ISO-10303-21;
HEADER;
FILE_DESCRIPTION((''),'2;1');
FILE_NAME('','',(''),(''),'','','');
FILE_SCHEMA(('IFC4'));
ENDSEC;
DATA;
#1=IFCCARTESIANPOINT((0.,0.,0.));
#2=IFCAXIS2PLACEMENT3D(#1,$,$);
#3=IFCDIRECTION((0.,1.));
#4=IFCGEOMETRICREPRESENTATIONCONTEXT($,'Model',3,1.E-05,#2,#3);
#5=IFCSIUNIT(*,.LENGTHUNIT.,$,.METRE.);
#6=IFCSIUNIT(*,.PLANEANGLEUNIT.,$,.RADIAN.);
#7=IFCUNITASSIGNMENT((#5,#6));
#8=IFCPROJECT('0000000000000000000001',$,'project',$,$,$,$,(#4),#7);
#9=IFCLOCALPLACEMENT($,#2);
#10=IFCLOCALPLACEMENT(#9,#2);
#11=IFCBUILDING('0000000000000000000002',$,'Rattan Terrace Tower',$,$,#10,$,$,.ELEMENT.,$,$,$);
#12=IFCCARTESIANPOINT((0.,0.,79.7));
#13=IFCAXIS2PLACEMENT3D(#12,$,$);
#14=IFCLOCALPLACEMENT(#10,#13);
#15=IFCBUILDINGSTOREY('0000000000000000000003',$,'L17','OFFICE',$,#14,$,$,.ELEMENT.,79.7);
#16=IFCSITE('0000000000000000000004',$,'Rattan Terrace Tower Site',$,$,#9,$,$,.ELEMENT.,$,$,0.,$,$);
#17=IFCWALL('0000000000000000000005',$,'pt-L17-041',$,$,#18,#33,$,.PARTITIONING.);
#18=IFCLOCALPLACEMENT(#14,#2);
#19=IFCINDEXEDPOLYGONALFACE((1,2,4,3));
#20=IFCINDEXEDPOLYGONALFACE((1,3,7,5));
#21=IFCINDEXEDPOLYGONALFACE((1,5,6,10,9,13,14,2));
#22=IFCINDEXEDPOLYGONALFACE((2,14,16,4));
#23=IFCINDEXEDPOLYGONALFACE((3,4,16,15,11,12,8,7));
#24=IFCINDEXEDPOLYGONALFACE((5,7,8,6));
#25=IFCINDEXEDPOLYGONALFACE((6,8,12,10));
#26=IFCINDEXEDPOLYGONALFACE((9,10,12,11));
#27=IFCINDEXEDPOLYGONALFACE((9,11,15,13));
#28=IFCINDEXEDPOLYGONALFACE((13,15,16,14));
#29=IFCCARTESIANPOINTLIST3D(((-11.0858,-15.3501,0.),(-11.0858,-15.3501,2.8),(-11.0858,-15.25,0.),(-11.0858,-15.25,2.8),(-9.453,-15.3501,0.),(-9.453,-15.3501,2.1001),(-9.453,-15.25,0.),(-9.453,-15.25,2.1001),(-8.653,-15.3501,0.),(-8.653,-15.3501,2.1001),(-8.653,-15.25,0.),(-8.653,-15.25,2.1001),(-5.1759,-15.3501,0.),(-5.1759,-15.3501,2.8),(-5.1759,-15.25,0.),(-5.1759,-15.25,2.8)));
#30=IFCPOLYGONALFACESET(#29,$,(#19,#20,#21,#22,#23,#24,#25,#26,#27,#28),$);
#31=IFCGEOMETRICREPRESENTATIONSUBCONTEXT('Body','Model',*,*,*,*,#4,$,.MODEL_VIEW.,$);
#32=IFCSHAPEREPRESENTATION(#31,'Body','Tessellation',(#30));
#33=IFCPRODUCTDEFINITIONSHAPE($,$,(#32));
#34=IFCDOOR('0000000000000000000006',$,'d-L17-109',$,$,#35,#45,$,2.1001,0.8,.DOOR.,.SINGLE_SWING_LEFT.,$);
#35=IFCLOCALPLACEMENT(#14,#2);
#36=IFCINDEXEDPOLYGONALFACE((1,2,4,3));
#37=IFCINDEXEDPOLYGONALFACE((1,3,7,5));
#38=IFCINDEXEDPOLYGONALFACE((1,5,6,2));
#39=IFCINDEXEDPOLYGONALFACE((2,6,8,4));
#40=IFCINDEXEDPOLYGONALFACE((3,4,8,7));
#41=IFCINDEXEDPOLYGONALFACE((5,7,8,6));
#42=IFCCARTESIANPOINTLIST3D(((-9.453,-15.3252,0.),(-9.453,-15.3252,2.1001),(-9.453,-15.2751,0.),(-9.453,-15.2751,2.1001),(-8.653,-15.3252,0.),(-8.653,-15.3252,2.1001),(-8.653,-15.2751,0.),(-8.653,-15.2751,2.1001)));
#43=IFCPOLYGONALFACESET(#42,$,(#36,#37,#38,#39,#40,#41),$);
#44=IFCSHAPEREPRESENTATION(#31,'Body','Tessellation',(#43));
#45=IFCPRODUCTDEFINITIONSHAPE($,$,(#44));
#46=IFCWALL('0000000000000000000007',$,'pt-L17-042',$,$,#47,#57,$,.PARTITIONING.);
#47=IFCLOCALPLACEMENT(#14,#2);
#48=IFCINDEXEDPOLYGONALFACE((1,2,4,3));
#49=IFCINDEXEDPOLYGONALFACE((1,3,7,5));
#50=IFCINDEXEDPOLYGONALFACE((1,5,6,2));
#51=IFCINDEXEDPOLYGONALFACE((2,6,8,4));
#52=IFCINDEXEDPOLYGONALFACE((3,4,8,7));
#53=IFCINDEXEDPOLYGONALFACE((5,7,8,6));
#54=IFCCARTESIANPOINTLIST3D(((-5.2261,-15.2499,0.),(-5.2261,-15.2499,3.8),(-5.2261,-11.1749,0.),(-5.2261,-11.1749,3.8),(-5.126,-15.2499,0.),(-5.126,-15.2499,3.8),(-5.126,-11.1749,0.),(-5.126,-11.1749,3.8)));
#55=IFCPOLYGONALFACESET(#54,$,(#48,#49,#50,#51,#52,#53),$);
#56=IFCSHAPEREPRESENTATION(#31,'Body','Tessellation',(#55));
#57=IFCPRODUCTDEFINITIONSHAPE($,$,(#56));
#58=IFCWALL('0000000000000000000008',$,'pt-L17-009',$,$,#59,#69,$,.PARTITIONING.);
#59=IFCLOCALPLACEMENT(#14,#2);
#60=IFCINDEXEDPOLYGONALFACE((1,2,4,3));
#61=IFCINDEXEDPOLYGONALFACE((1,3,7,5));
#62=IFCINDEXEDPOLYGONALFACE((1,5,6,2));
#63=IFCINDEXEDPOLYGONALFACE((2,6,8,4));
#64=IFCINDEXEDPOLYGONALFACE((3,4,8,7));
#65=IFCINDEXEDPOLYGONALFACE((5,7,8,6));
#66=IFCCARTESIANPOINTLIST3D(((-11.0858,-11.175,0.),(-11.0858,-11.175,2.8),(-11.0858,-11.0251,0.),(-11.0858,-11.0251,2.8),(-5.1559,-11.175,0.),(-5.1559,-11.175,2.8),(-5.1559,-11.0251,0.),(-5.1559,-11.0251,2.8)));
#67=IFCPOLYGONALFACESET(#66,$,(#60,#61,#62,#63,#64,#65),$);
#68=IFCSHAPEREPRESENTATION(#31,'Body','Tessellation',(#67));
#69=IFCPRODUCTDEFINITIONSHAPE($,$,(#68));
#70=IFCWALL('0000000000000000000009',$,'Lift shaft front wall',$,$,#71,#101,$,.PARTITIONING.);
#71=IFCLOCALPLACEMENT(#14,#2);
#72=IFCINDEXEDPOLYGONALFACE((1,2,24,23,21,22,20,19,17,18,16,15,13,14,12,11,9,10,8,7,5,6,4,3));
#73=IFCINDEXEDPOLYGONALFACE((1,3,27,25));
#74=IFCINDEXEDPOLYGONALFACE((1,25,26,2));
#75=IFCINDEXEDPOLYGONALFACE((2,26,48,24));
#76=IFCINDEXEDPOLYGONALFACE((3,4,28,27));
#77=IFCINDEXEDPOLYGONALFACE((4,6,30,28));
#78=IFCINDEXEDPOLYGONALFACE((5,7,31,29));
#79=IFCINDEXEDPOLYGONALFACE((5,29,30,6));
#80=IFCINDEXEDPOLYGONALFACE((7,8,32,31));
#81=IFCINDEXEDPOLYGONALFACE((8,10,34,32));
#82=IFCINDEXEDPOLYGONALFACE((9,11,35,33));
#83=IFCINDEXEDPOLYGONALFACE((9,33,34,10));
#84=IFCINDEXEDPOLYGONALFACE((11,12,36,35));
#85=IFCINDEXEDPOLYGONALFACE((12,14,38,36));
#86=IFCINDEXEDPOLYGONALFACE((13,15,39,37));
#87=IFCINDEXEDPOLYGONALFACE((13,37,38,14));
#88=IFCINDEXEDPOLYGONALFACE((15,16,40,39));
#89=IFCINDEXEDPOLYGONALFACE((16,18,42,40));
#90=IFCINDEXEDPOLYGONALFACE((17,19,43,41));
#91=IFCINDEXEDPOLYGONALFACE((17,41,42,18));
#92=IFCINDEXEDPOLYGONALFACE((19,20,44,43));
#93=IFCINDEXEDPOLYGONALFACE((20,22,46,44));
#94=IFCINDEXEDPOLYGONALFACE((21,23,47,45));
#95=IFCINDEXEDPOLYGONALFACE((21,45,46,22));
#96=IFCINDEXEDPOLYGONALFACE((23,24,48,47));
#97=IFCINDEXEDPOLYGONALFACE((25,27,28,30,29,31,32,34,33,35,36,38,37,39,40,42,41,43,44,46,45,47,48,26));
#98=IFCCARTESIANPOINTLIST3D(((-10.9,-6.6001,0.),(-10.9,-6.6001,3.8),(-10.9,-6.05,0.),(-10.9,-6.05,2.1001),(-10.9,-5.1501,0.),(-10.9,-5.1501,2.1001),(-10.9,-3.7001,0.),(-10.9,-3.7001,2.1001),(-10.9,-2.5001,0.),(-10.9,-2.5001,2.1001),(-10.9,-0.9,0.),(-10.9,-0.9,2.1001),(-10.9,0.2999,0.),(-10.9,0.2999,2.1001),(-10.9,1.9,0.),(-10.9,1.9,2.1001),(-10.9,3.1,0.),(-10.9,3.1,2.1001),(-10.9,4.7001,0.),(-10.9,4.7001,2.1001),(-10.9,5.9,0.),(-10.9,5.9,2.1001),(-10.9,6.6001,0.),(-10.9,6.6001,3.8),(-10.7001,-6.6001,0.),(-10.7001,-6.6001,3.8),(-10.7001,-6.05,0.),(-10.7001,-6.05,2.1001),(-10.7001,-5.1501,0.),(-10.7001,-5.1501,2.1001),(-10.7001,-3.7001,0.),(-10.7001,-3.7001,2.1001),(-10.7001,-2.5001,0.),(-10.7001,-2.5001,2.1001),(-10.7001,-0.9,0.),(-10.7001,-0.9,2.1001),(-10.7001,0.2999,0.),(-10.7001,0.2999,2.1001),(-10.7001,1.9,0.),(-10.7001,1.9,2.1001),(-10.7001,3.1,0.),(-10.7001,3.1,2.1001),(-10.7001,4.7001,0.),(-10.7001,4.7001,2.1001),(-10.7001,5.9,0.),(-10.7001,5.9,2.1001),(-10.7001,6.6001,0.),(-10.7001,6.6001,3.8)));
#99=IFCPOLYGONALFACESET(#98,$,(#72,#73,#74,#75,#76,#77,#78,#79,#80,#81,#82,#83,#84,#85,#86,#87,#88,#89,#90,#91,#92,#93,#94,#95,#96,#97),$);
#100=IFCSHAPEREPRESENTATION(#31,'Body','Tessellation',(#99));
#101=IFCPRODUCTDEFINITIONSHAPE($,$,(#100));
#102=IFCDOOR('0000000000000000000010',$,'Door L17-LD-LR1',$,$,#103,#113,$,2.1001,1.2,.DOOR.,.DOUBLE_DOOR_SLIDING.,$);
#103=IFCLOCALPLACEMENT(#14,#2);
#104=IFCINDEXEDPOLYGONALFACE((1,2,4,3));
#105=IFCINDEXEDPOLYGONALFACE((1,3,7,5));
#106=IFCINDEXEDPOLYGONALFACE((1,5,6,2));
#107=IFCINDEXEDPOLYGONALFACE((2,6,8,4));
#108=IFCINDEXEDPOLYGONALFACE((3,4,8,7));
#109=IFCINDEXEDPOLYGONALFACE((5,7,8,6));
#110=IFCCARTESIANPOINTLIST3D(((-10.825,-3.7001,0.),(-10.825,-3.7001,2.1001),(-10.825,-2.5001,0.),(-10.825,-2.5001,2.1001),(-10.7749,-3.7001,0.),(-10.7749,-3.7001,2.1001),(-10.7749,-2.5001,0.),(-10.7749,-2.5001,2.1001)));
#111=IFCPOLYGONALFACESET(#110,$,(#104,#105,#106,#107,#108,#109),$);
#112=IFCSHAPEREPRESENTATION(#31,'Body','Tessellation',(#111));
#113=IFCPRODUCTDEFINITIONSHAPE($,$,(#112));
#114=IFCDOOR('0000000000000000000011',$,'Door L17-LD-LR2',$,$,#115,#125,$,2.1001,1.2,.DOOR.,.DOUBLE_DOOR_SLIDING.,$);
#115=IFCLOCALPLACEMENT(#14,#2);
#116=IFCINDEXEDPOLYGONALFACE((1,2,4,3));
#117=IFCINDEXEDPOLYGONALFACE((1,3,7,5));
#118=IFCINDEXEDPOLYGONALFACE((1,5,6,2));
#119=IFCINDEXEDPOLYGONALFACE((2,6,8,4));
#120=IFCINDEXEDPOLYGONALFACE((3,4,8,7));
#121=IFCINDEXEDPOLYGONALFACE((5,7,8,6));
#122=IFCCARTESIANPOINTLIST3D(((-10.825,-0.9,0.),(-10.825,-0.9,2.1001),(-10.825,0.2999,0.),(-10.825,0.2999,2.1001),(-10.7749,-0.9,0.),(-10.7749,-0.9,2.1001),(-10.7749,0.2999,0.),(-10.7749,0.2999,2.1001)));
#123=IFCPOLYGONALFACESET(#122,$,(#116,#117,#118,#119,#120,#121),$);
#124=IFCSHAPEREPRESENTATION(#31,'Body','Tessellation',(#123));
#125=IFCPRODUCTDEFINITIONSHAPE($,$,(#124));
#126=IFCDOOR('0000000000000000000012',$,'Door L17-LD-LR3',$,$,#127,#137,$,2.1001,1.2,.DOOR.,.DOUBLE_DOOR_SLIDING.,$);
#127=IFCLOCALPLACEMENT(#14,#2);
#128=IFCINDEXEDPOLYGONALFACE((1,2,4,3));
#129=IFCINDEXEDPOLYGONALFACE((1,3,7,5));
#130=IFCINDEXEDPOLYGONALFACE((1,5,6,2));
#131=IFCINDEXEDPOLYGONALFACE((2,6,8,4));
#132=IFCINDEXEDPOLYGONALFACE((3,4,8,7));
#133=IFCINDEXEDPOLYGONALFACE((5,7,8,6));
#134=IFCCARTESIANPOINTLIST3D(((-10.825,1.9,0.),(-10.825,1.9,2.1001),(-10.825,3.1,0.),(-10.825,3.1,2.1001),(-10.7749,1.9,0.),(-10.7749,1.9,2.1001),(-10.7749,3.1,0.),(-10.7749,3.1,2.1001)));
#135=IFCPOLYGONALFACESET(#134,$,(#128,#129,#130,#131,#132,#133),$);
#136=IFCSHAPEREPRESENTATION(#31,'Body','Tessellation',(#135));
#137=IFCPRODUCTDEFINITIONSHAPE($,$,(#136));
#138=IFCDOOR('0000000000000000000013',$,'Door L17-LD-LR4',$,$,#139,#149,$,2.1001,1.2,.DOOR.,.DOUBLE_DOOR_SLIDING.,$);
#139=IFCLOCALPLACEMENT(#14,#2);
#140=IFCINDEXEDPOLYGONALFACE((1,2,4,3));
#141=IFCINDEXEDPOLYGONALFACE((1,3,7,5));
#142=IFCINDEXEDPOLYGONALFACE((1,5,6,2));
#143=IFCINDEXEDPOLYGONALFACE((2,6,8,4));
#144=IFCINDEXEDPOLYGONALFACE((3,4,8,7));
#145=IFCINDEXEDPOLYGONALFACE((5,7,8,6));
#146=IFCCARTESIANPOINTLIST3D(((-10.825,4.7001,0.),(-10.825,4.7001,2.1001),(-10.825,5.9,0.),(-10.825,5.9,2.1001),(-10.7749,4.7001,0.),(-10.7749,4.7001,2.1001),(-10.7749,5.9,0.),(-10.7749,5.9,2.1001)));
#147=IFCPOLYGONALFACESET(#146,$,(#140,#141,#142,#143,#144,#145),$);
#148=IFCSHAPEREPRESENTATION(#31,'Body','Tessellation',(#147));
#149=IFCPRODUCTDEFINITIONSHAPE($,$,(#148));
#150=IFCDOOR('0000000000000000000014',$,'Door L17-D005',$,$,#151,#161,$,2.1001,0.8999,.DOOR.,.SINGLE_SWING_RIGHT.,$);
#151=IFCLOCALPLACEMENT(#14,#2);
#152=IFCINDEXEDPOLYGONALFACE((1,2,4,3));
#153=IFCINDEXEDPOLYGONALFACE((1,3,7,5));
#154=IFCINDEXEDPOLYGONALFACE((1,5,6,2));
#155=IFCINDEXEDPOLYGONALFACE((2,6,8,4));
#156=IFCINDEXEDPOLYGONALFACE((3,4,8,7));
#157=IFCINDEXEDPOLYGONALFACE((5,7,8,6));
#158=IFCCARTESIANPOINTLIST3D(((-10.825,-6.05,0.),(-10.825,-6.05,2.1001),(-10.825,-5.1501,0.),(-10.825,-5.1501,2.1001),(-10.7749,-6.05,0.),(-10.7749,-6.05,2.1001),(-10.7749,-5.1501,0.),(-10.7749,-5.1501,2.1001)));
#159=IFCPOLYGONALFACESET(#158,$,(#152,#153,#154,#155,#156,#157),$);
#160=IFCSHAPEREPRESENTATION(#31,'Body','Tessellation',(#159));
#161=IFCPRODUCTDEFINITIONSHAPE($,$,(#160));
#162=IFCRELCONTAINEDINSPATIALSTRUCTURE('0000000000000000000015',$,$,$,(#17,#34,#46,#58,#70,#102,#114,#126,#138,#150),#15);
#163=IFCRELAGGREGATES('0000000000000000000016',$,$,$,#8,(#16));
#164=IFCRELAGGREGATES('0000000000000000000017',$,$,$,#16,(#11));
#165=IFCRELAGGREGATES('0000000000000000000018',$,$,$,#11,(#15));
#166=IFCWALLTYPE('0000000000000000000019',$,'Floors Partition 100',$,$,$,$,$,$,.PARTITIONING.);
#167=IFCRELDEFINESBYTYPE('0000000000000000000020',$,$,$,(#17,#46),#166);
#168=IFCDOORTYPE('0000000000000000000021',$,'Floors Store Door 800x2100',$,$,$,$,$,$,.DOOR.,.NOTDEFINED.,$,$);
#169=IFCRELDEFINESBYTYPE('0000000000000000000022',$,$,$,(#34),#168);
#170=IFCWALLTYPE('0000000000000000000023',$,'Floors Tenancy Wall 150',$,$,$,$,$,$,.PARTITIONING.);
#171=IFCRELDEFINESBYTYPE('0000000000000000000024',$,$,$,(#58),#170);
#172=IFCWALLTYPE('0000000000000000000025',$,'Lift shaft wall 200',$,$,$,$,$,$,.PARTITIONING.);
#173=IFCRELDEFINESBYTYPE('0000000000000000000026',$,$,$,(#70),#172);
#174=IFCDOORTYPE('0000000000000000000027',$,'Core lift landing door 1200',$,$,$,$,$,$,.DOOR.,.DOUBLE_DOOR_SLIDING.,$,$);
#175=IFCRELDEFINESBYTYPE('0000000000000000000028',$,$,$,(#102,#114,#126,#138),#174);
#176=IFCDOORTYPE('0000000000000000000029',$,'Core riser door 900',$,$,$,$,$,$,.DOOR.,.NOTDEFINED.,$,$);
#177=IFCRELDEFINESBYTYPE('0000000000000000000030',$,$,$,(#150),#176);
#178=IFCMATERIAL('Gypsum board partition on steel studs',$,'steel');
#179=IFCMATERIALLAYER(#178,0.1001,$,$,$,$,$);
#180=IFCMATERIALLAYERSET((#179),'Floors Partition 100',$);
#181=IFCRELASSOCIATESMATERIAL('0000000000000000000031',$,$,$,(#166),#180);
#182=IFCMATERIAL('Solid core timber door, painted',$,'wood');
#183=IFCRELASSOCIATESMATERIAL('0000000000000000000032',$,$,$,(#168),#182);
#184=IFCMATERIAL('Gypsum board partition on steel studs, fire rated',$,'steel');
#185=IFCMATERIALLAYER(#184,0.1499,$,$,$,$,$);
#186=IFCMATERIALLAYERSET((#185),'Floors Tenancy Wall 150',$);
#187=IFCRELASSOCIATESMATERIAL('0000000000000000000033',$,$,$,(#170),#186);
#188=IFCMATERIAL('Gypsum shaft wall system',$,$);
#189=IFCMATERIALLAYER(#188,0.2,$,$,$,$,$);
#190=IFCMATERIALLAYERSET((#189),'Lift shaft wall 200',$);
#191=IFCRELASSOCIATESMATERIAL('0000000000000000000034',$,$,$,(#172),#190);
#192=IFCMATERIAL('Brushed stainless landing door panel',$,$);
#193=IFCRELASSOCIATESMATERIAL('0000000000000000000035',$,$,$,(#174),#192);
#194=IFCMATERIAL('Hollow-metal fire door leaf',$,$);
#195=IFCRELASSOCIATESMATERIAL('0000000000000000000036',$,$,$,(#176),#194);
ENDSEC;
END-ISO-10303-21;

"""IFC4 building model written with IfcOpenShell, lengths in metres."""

from ifc_helpers import new_model, si_unit, direction, frame, frame_2d, origin, place, context, subcontext, project, spatial, rectangle, extrude, material, layer, layer_set, type_object, element, fill, save


model = new_model("IFC4")

# Units and contexts
model_context = context("Model", 3, precision=1e-05, world=origin(), true_north=direction((0.0, 1.0)))
body_context = subcontext(model_context, "Body", "Model", "MODEL_VIEW")
ifc_project = project(units=[si_unit("LENGTHUNIT", "METRE"), si_unit("PLANEANGLEUNIT", "RADIAN")], contexts=[model_context])

# Site, building, storey
site_placement = place(None, origin())
site = spatial("IfcSite", under=ifc_project, at=site_placement, Name="Rattan Terrace Tower Site", CompositionType="ELEMENT", RefElevation=0.0)
building_placement = place(site_placement, origin())
building = spatial("IfcBuilding", under=site, at=building_placement, Name="Rattan Terrace Tower", CompositionType="ELEMENT")
storey_placement = place(building_placement, frame((0.0, 0.0, 79.7)))
storey = spatial("IfcBuildingStorey", under=building, at=storey_placement, Name="L17", Description="OFFICE", CompositionType="ELEMENT", Elevation=79.7)

# Wall, opening, door
ifc_material_1 = material(Name="Gypsum board partition on steel studs", Category="steel")
ifc_layer_1 = layer(ifc_material_1, 0.1001)
ifc_layer_set_1 = layer_set([ifc_layer_1], Name="Floors Partition 100")
wall_type_1 = type_object("IfcWallType", Name="Floors Partition 100", PredefinedType="PARTITIONING", material=ifc_layer_set_1)
wall_1_placement = place(storey_placement, frame((-11.0859, -15.3, 0.0), z_axis=(0.0, 0.0, 1.0), x_axis=(1.0, 0.0, 0.0)))
wall_1 = element("IfcWall", 1, at=wall_1_placement, inside=storey, type_object=wall_type_1, Name="pt-L17-041", PredefinedType="PARTITIONING", context=body_context, shape_type="SweptSolid", body=[
    extrude(rectangle(XDim=5.9099, YDim=0.1001, at=frame_2d((2.9551, 0.0))), origin(), (0.0, 0.0, 1.0), 2.8),
])
opening_1_placement = place(wall_1_placement, frame((1.6331, 0.0, 0.0)))
opening_1 = element("IfcOpeningElement", 2, at=opening_1_placement, cuts=wall_1, PredefinedType="OPENING", context=body_context, shape_type="SweptSolid", body=[
    extrude(rectangle(XDim=0.8, YDim=2.1001, at=frame_2d((0.3999, 1.05))), frame((0.0, 0.0605, 0.0), z_axis=(0.0, -1.0, 0.0), x_axis=(1.0, 0.0, 0.0)), (0.0, 0.0, 1.0), 0.1211),
])
ifc_material_2 = material(Name="Solid core timber door, painted", Category="wood")
door_type_1 = type_object("IfcDoorType", Name="Floors Store Door 800x2100", OperationType="NOTDEFINED", PredefinedType="DOOR", material=ifc_material_2)
door_1_placement = place(opening_1_placement, origin())
door_1 = element("IfcDoor", 3, at=door_1_placement, inside=storey, type_object=door_type_1, Name="d-L17-109", OperationType="SINGLE_SWING_LEFT", OverallHeight=2.1001, OverallWidth=0.8, PredefinedType="DOOR", context=body_context, shape_type="SweptSolid", body=[
    extrude(rectangle(XDim=0.8, YDim=2.1001, at=frame_2d((0.3999, 1.05))), frame((0.0, 0.0249, 0.0), z_axis=(0.0, -1.0, 0.0), x_axis=(1.0, 0.0, 0.0)), (0.0, 0.0, 1.0), 0.05),
])
fill(opening_1, door_1)

# Walls
wall_2_placement = place(storey_placement, frame((-5.176, -15.25, 0.0), z_axis=(0.0, 0.0, 1.0), x_axis=(0.0, 1.0, 0.0)))
element("IfcWall", 4, at=wall_2_placement, inside=storey, type_object=wall_type_1, Name="pt-L17-042", PredefinedType="PARTITIONING", context=body_context, shape_type="SweptSolid", body=[
    extrude(rectangle(XDim=4.075, YDim=0.1001, at=frame_2d((2.0376, 0.0))), origin(), (0.0, 0.0, 1.0), 3.8),
])
ifc_material_3 = material(Name="Gypsum board partition on steel studs, fire rated", Category="steel")
ifc_layer_2 = layer(ifc_material_3, 0.1499)
ifc_layer_set_2 = layer_set([ifc_layer_2], Name="Floors Tenancy Wall 150")
wall_type_2 = type_object("IfcWallType", Name="Floors Tenancy Wall 150", PredefinedType="PARTITIONING", material=ifc_layer_set_2)
wall_3_placement = place(storey_placement, frame((-5.156, -11.1001, 0.0), z_axis=(0.0, 0.0, 1.0), x_axis=(-1.0, 0.0, 0.0)))
element("IfcWall", 5, at=wall_3_placement, inside=storey, type_object=wall_type_2, Name="pt-L17-009", PredefinedType="PARTITIONING", context=body_context, shape_type="SweptSolid", body=[
    extrude(rectangle(XDim=5.9299, YDim=0.1499, at=frame_2d((2.9648, 0.0))), origin(), (0.0, 0.0, 1.0), 2.8),
])

# Wall, openings, doors
ifc_material_4 = material(Name="Gypsum shaft wall system")
ifc_layer_3 = layer(ifc_material_4, 0.2)
ifc_layer_set_3 = layer_set([ifc_layer_3], Name="Lift shaft wall 200")
wall_type_3 = type_object("IfcWallType", Name="Lift shaft wall 200", PredefinedType="PARTITIONING", material=ifc_layer_set_3)
wall_4_placement = place(storey_placement, frame((-10.8, -6.6001, 0.0), z_axis=(0.0, 0.0, 1.0), x_axis=(0.0, 1.0, 0.0)))
wall_4 = element("IfcWall", 6, at=wall_4_placement, inside=storey, type_object=wall_type_3, Name="Lift shaft front wall", PredefinedType="PARTITIONING", context=body_context, shape_type="SweptSolid", body=[
    extrude(rectangle(XDim=13.2002, YDim=0.2, at=frame_2d((6.6001, 0.0))), origin(), (0.0, 0.0, 1.0), 3.8),
])
opening_2_placement = place(wall_4_placement, frame((0.55, 0.0, 0.0)))
opening_2 = element("IfcOpeningElement", 7, at=opening_2_placement, cuts=wall_4, PredefinedType="OPENING", context=body_context, shape_type="SweptSolid", body=[
    extrude(rectangle(XDim=0.8999, YDim=2.1001, at=frame_2d((0.45, 1.05))), frame((0.0, 0.1106, 0.0), z_axis=(0.0, -1.0, 0.0), x_axis=(1.0, 0.0, 0.0)), (0.0, 0.0, 1.0), 0.2209),
])
opening_3_placement = place(wall_4_placement, frame((2.8999, 0.0, 0.0)))
opening_3 = element("IfcOpeningElement", 8, at=opening_3_placement, cuts=wall_4, PredefinedType="OPENING", context=body_context, shape_type="SweptSolid", body=[
    extrude(rectangle(XDim=1.2, YDim=2.1001, at=frame_2d((0.6001, 1.05))), frame((0.0, 0.1106, 0.0), z_axis=(0.0, -1.0, 0.0), x_axis=(1.0, 0.0, 0.0)), (0.0, 0.0, 1.0), 0.2209),
])
opening_4_placement = place(wall_4_placement, frame((5.7, 0.0, 0.0)))
opening_4 = element("IfcOpeningElement", 9, at=opening_4_placement, cuts=wall_4, PredefinedType="OPENING", context=body_context, shape_type="SweptSolid", body=[
    extrude(rectangle(XDim=1.2, YDim=2.1001, at=frame_2d((0.6001, 1.05))), frame((0.0, 0.1106, 0.0), z_axis=(0.0, -1.0, 0.0), x_axis=(1.0, 0.0, 0.0)), (0.0, 0.0, 1.0), 0.2209),
])
opening_5_placement = place(wall_4_placement, frame((8.5, 0.0, 0.0)))
opening_5 = element("IfcOpeningElement", 10, at=opening_5_placement, cuts=wall_4, PredefinedType="OPENING", context=body_context, shape_type="SweptSolid", body=[
    extrude(rectangle(XDim=1.2, YDim=2.1001, at=frame_2d((0.6001, 1.05))), frame((0.0, 0.1106, 0.0), z_axis=(0.0, -1.0, 0.0), x_axis=(1.0, 0.0, 0.0)), (0.0, 0.0, 1.0), 0.2209),
])
opening_6_placement = place(wall_4_placement, frame((11.3, 0.0, 0.0)))
opening_6 = element("IfcOpeningElement", 11, at=opening_6_placement, cuts=wall_4, PredefinedType="OPENING", context=body_context, shape_type="SweptSolid", body=[
    extrude(rectangle(XDim=1.2, YDim=2.1001, at=frame_2d((0.6001, 1.05))), frame((0.0, 0.1106, 0.0), z_axis=(0.0, -1.0, 0.0), x_axis=(1.0, 0.0, 0.0)), (0.0, 0.0, 1.0), 0.2209),
])
ifc_material_5 = material(Name="Brushed stainless landing door panel")
door_type_2 = type_object("IfcDoorType", Name="Core lift landing door 1200", OperationType="DOUBLE_DOOR_SLIDING", PredefinedType="DOOR", material=ifc_material_5)
door_2_placement = place(opening_3_placement, origin())
door_2 = element("IfcDoor", 12, at=door_2_placement, inside=storey, type_object=door_type_2, Name="Door L17-LD-LR1", OperationType="DOUBLE_DOOR_SLIDING", OverallHeight=2.1001, OverallWidth=1.2, PredefinedType="DOOR", context=body_context, shape_type="SweptSolid", body=[
    extrude(rectangle(XDim=1.2, YDim=2.1001, at=frame_2d((0.6001, 1.05))), frame((0.0, 0.0249, 0.0), z_axis=(0.0, -1.0, 0.0), x_axis=(1.0, 0.0, 0.0)), (0.0, 0.0, 1.0), 0.05),
])
fill(opening_3, door_2)
door_3_placement = place(opening_4_placement, origin())
door_3 = element("IfcDoor", 13, at=door_3_placement, inside=storey, type_object=door_type_2, Name="Door L17-LD-LR2", OperationType="DOUBLE_DOOR_SLIDING", OverallHeight=2.1001, OverallWidth=1.2, PredefinedType="DOOR", context=body_context, shape_type="SweptSolid", body=[
    extrude(rectangle(XDim=1.2, YDim=2.1001, at=frame_2d((0.6001, 1.05))), frame((0.0, 0.0249, 0.0), z_axis=(0.0, -1.0, 0.0), x_axis=(1.0, 0.0, 0.0)), (0.0, 0.0, 1.0), 0.05),
])
fill(opening_4, door_3)
door_4_placement = place(opening_5_placement, origin())
door_4 = element("IfcDoor", 14, at=door_4_placement, inside=storey, type_object=door_type_2, Name="Door L17-LD-LR3", OperationType="DOUBLE_DOOR_SLIDING", OverallHeight=2.1001, OverallWidth=1.2, PredefinedType="DOOR", context=body_context, shape_type="SweptSolid", body=[
    extrude(rectangle(XDim=1.2, YDim=2.1001, at=frame_2d((0.6001, 1.05))), frame((0.0, 0.0249, 0.0), z_axis=(0.0, -1.0, 0.0), x_axis=(1.0, 0.0, 0.0)), (0.0, 0.0, 1.0), 0.05),
])
fill(opening_5, door_4)
door_5_placement = place(opening_6_placement, origin())
door_5 = element("IfcDoor", 15, at=door_5_placement, inside=storey, type_object=door_type_2, Name="Door L17-LD-LR4", OperationType="DOUBLE_DOOR_SLIDING", OverallHeight=2.1001, OverallWidth=1.2, PredefinedType="DOOR", context=body_context, shape_type="SweptSolid", body=[
    extrude(rectangle(XDim=1.2, YDim=2.1001, at=frame_2d((0.6001, 1.05))), frame((0.0, 0.0249, 0.0), z_axis=(0.0, -1.0, 0.0), x_axis=(1.0, 0.0, 0.0)), (0.0, 0.0, 1.0), 0.05),
])
fill(opening_6, door_5)
ifc_material_6 = material(Name="Hollow-metal fire door leaf")
door_type_3 = type_object("IfcDoorType", Name="Core riser door 900", OperationType="NOTDEFINED", PredefinedType="DOOR", material=ifc_material_6)
door_6_placement = place(opening_2_placement, origin())
door_6 = element("IfcDoor", 16, at=door_6_placement, inside=storey, type_object=door_type_3, Name="Door L17-D005", OperationType="SINGLE_SWING_RIGHT", OverallHeight=2.1001, OverallWidth=0.8999, PredefinedType="DOOR", context=body_context, shape_type="SweptSolid", body=[
    extrude(rectangle(XDim=0.8999, YDim=2.1001, at=frame_2d((0.45, 1.05))), frame((0.0, 0.0249, 0.0), z_axis=(0.0, -1.0, 0.0), x_axis=(1.0, 0.0, 0.0)), (0.0, 0.0, 1.0), 0.05),
])
fill(opening_2, door_6)

save(model, "model.ifc")
